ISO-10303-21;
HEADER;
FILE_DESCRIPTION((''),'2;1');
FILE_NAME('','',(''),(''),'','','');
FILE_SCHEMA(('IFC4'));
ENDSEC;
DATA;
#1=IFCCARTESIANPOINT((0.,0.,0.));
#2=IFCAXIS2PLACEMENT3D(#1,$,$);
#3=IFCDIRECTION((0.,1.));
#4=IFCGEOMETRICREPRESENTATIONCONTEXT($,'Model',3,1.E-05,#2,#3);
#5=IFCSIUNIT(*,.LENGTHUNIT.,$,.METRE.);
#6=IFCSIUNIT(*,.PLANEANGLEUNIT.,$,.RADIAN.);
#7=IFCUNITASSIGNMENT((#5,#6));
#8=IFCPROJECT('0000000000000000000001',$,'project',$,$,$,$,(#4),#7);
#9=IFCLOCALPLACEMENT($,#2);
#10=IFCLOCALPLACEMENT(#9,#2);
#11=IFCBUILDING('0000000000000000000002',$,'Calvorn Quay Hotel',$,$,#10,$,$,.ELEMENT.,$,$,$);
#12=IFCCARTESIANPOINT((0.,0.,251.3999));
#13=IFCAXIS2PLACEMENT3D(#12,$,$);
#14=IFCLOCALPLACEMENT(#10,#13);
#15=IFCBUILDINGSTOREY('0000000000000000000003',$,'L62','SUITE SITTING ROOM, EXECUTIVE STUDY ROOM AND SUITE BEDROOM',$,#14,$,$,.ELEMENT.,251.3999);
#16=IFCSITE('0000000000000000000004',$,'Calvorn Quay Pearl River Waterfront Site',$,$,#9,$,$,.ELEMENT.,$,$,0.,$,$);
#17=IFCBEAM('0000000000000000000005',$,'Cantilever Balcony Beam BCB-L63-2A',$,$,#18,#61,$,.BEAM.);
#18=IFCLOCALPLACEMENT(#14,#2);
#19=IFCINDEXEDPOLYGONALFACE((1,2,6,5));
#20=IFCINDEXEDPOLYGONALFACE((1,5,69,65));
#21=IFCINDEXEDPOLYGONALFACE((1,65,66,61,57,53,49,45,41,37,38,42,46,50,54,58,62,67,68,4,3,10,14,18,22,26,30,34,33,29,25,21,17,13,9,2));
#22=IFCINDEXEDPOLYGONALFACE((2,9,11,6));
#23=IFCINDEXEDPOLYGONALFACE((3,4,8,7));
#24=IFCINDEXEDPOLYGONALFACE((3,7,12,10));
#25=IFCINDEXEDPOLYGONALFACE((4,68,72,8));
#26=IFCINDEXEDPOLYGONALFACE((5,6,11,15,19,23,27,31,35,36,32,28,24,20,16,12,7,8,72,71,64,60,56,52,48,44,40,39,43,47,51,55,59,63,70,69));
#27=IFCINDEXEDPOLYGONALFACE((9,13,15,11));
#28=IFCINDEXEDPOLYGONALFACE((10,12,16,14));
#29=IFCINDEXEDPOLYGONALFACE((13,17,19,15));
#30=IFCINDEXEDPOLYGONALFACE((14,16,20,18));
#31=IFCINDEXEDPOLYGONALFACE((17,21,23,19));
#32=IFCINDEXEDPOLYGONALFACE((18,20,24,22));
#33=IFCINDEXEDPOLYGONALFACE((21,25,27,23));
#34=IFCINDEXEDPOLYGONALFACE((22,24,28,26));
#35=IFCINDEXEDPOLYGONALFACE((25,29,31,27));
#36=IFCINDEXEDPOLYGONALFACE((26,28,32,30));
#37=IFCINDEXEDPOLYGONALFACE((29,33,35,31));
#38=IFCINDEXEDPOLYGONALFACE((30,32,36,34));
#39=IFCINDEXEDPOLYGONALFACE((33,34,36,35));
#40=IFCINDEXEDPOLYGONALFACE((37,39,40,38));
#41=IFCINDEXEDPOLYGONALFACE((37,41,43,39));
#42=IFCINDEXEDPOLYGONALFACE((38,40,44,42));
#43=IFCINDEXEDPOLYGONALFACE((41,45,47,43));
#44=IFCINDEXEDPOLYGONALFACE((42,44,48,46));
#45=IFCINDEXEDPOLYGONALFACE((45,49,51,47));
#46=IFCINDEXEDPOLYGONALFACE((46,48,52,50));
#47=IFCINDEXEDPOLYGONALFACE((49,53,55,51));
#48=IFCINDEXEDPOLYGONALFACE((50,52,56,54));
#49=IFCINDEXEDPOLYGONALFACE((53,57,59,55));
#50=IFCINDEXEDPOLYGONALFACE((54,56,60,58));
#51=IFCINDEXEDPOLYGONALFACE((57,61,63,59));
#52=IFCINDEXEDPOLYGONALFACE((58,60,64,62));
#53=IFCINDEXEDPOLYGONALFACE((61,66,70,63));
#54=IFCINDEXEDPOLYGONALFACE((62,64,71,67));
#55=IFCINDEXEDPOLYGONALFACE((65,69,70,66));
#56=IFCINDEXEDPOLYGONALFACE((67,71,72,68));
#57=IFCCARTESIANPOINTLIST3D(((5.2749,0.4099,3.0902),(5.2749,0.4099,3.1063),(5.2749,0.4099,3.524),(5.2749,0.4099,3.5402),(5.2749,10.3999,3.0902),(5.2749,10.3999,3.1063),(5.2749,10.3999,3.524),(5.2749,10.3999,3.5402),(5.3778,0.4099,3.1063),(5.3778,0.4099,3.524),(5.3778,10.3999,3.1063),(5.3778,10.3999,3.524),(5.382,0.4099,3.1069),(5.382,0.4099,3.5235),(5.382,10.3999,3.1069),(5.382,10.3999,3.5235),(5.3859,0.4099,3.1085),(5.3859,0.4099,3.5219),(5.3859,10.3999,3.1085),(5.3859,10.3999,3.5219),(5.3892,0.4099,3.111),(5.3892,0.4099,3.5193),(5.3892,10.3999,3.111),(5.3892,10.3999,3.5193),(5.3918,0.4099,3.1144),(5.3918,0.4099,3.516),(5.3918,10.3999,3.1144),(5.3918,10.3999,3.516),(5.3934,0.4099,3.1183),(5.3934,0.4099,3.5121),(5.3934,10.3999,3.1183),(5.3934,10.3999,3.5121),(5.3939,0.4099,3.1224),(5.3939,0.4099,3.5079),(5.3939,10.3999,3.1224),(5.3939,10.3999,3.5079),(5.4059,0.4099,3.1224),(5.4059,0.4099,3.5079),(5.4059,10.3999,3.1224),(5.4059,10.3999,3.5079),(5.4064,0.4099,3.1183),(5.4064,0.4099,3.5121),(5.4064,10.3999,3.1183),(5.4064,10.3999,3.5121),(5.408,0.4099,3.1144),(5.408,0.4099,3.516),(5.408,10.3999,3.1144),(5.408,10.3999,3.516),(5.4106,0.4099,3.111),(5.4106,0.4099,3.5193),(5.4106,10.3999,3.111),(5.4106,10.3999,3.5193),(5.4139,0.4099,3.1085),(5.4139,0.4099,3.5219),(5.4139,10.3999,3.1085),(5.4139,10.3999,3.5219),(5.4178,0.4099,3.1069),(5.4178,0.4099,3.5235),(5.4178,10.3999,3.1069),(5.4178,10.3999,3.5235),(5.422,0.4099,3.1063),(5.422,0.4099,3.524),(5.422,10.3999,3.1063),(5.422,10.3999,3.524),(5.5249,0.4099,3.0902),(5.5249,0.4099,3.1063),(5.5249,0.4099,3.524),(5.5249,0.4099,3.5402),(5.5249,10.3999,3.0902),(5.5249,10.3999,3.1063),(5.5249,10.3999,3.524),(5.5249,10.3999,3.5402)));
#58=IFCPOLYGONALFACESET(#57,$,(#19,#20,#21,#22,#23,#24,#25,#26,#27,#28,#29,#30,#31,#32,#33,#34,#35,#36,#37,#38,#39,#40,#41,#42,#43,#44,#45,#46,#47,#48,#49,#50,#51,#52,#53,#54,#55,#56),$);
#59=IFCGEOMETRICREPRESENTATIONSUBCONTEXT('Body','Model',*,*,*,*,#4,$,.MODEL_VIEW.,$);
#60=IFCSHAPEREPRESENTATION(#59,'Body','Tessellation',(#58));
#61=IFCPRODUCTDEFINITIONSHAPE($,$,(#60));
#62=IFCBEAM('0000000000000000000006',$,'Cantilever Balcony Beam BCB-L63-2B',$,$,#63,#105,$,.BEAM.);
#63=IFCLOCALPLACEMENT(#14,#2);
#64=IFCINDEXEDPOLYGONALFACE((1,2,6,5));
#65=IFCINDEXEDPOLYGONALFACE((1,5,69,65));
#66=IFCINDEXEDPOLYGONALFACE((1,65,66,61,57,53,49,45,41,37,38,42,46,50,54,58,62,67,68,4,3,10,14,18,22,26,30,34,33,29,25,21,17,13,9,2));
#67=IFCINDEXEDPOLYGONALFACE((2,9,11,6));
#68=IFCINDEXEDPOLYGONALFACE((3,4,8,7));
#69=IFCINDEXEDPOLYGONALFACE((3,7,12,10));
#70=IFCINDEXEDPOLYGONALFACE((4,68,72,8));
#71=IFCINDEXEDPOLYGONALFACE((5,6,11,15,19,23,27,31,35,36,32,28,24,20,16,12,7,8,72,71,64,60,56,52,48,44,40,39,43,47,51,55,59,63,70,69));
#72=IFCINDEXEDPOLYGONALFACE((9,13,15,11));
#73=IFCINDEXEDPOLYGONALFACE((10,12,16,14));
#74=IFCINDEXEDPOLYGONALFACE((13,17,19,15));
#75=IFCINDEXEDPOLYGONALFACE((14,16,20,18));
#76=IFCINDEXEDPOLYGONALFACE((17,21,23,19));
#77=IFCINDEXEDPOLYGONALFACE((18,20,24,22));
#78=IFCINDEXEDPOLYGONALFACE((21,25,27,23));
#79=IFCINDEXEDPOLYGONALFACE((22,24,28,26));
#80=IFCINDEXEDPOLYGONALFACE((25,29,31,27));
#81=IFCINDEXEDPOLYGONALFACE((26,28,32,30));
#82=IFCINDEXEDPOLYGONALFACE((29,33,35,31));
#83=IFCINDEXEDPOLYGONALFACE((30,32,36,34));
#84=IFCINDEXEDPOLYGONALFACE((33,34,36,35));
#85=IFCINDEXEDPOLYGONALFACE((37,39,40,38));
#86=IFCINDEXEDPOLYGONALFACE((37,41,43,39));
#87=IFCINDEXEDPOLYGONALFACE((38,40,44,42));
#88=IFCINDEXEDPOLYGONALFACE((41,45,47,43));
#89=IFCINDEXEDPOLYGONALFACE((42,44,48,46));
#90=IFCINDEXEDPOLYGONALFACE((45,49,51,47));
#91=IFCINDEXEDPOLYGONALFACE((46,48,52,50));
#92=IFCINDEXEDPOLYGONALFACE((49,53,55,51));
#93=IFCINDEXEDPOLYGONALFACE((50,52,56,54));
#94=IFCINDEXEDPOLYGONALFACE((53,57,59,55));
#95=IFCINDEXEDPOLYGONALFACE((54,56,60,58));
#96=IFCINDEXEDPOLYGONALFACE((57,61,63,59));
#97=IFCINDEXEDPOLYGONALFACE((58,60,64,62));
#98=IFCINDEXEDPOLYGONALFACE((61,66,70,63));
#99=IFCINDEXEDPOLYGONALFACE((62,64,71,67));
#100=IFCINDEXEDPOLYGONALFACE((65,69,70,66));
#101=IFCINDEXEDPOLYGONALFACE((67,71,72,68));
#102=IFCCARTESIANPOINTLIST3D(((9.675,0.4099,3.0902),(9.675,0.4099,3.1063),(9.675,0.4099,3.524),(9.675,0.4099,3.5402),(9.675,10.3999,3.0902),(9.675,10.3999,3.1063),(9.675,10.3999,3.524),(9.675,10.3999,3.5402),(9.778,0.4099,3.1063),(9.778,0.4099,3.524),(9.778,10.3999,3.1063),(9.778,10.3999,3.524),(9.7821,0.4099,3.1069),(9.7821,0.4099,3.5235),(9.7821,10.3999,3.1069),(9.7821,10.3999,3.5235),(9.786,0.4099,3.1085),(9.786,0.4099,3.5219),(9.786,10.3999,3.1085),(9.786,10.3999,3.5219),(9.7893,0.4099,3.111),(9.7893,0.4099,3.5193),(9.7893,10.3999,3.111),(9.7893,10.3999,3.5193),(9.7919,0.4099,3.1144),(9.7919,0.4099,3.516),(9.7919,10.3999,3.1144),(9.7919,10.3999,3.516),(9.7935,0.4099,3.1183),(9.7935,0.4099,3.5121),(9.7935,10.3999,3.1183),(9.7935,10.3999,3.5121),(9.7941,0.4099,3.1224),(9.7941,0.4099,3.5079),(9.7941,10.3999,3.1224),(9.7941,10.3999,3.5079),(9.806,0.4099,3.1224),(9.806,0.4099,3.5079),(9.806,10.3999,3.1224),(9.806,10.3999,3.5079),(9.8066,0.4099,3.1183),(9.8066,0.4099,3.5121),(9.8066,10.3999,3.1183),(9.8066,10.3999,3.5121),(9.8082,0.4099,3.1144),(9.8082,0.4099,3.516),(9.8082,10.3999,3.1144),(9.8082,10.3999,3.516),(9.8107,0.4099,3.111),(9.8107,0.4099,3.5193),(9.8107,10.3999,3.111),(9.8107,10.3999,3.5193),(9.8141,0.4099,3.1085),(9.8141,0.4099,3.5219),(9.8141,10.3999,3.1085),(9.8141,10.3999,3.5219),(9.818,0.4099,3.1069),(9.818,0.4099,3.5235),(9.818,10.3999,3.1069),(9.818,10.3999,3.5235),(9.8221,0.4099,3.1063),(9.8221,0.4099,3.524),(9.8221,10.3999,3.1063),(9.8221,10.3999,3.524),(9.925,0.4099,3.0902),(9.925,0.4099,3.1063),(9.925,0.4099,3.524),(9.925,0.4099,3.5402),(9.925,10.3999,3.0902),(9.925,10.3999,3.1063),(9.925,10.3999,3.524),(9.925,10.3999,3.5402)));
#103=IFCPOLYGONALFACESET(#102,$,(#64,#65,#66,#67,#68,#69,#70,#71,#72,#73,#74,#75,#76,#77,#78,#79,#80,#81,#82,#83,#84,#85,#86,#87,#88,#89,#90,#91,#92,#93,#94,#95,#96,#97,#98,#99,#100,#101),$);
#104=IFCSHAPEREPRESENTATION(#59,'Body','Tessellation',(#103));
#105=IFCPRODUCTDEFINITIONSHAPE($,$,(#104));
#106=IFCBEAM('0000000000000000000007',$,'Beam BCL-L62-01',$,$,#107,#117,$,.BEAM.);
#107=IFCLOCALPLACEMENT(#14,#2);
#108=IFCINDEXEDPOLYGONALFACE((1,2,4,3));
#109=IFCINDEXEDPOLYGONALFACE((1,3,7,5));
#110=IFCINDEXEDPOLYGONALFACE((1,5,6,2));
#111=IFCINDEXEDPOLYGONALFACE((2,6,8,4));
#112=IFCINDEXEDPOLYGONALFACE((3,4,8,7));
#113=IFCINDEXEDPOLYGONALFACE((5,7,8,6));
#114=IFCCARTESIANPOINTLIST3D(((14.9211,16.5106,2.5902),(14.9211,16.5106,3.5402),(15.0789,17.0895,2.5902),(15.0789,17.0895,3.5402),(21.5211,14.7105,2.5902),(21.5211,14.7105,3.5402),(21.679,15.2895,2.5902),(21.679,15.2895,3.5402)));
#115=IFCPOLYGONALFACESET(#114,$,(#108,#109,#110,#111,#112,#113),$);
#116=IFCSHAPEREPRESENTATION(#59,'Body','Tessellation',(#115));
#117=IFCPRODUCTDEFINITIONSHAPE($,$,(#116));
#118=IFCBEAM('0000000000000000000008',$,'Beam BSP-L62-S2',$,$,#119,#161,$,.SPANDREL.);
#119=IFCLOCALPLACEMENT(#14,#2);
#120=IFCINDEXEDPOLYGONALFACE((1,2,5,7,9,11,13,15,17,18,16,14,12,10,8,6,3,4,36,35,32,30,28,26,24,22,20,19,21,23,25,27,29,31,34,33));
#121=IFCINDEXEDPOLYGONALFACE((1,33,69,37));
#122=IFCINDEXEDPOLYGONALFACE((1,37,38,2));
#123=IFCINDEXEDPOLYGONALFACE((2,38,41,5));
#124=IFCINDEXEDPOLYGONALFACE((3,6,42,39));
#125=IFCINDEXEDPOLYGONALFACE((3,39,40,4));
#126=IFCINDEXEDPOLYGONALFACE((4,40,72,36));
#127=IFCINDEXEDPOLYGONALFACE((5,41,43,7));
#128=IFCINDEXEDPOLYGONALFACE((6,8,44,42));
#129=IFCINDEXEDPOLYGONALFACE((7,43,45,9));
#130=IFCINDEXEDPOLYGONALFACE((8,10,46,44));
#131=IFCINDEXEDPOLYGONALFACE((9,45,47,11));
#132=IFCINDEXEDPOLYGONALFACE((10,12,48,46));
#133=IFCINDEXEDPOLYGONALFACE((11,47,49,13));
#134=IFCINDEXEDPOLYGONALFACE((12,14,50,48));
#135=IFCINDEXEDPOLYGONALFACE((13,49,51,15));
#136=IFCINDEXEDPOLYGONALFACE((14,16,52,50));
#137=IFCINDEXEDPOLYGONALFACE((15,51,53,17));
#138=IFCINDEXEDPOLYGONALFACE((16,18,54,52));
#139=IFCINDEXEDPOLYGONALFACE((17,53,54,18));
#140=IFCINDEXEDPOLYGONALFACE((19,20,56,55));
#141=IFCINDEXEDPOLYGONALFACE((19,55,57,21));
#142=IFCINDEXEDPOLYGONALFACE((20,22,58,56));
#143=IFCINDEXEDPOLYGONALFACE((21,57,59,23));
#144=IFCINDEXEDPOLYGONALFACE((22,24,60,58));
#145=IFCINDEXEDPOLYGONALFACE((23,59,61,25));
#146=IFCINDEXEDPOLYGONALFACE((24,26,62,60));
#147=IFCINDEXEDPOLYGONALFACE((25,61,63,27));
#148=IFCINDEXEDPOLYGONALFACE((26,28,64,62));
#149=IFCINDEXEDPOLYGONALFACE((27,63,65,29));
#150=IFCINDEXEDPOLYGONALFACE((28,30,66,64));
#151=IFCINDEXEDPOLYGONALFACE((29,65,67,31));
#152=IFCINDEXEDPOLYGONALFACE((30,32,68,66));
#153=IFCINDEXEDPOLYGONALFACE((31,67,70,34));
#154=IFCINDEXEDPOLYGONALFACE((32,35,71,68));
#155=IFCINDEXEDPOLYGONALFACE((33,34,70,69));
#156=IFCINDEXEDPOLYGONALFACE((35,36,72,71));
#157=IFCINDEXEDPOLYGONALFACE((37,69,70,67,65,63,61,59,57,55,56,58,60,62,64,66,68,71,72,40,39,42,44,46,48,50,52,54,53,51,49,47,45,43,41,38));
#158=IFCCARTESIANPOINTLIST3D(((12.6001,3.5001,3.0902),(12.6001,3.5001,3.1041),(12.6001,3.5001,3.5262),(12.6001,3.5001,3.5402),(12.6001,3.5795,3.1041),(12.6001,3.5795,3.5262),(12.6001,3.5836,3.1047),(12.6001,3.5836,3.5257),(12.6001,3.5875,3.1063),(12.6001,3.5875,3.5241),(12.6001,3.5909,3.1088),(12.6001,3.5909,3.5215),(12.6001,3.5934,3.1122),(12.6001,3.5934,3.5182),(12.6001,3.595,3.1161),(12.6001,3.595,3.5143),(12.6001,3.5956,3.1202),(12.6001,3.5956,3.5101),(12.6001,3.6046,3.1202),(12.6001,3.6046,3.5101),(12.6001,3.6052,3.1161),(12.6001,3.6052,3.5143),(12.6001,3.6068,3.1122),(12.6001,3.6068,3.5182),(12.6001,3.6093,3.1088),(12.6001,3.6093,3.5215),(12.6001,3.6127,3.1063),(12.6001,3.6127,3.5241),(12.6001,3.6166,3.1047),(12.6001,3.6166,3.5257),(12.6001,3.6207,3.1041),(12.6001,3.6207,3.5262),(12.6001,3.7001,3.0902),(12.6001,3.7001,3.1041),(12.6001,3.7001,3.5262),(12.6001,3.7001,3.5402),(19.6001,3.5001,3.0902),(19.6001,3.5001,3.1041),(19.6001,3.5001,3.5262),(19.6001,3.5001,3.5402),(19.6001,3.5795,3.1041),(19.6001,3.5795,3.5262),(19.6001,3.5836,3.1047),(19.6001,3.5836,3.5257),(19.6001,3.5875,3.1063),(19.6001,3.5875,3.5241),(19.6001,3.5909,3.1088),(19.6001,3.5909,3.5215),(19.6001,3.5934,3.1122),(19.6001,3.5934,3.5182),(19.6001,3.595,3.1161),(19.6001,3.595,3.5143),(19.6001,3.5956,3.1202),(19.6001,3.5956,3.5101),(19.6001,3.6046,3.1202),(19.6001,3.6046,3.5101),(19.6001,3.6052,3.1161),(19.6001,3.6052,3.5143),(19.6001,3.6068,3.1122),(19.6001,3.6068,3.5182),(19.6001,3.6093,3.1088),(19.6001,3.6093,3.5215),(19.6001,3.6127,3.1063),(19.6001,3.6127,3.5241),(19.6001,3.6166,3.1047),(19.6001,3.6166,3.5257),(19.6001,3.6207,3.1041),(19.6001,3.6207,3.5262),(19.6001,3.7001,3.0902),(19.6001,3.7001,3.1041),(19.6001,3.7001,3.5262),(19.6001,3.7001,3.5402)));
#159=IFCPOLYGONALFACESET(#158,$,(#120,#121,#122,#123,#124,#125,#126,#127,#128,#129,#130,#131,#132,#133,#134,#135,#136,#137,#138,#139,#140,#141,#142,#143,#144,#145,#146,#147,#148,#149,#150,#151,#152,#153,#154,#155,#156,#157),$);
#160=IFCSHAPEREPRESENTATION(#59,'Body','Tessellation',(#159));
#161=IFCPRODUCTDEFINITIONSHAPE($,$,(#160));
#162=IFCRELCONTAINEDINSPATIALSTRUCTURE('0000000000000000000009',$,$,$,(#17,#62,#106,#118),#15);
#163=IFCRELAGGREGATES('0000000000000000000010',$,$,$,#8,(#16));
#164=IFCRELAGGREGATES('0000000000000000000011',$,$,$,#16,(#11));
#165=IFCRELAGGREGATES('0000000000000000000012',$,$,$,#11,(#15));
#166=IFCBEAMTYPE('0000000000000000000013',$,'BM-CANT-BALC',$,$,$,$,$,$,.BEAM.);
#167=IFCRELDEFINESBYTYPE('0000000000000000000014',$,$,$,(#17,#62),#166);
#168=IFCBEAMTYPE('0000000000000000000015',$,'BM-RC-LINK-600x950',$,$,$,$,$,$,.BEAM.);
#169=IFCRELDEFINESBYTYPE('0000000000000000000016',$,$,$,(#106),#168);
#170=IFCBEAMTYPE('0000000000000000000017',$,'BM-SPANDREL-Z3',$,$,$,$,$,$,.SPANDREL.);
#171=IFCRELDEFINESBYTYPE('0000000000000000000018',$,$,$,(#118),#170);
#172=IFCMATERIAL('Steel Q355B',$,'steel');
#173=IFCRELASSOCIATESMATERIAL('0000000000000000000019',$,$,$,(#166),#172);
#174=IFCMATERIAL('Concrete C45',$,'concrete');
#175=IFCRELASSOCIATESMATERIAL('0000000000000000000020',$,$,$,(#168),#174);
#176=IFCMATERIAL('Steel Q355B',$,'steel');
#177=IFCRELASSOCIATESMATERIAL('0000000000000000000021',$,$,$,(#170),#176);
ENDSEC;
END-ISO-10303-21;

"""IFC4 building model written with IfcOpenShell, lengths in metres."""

from ifc_helpers import new_model, si_unit, direction, frame, origin, origin_2d, place, context, subcontext, project, spatial, rectangle, i_section, extrude, material, material_profile, profile_set, type_object, element, save


model = new_model("IFC4")

# Units and contexts
model_context = context("Model", 3, precision=1e-05, world=origin(), true_north=direction((0.0, 1.0)))
body_context = subcontext(model_context, "Body", "Model", "MODEL_VIEW")
ifc_project = project(units=[si_unit("LENGTHUNIT", "METRE"), si_unit("PLANEANGLEUNIT", "RADIAN")], contexts=[model_context])

# Site, building, storey
site_placement = place(None, origin())
site = spatial("IfcSite", under=ifc_project, at=site_placement, Name="Calvorn Quay Pearl River Waterfront Site", CompositionType="ELEMENT", RefElevation=0.0)
building_placement = place(site_placement, origin())
building = spatial("IfcBuilding", under=site, at=building_placement, Name="Calvorn Quay Hotel", CompositionType="ELEMENT")
storey_placement = place(building_placement, frame((0.0, 0.0, 251.3999)))
storey = spatial("IfcBuildingStorey", under=building, at=storey_placement, Name="L62", Description="SUITE SITTING ROOM, EXECUTIVE STUDY ROOM AND SUITE BEDROOM", CompositionType="ELEMENT", Elevation=251.3999)

# Beams
ifc_material_1 = material(Name="Steel Q355B", Category="steel")
ifc_material_profile_1 = material_profile(ifc_material_1, i_section(OverallWidth=0.25, OverallDepth=0.45, WebThickness=0.012, FlangeThickness=0.0161, FilletRadius=0.0161, at=origin_2d()), Name="HN450x250x12x16")
ifc_profile_set_1 = profile_set([ifc_material_profile_1], Name="Steel Q355B")
beam_type_1 = type_object("IfcBeamType", Name="BM-CANT-BALC", PredefinedType="BEAM", material=ifc_profile_set_1)
for number, where, z_axis, x_axis, name in (
    (1, (5.3999, 10.3999, 3.3152), (0.0, -1.0, 0.0), (1.0, 0.0, 0.0), "Cantilever Balcony Beam BCB-L63-2A"),
    (2, (9.8, 10.3999, 3.3152), (0.0, -1.0, 0.0), (1.0, 0.0, 0.0), "Cantilever Balcony Beam BCB-L63-2B"),
):
    element("IfcBeam", number, at=place(storey_placement, frame(where, z_axis=z_axis, x_axis=x_axis)), inside=storey, type_object=beam_type_1, Name=name, PredefinedType="BEAM", context=body_context, shape_type="SweptSolid", body=[
        extrude(i_section(OverallWidth=0.25, OverallDepth=0.45, WebThickness=0.012, FlangeThickness=0.0161, FilletRadius=0.0161, at=origin_2d()), origin(), (0.0, 0.0, 1.0), 9.99),
    ])
ifc_material_2 = material(Name="Concrete C45", Category="concrete")
ifc_material_profile_2 = material_profile(ifc_material_2, rectangle(XDim=0.6001, YDim=0.95, at=origin_2d()), Name="RCB600x950")
ifc_profile_set_2 = profile_set([ifc_material_profile_2], Name="Concrete C45")
beam_type_2 = type_object("IfcBeamType", Name="BM-RC-LINK-600x950", PredefinedType="BEAM", material=ifc_profile_set_2)
beam_1_placement = place(storey_placement, frame((15.0, 16.8, 3.0652), z_axis=(0.964763, -0.26312, 0.0), x_axis=(0.26312, 0.964763, 0.0)))
element("IfcBeam", 3, at=beam_1_placement, inside=storey, type_object=beam_type_2, Name="Beam BCL-L62-01", PredefinedType="BEAM", context=body_context, shape_type="SweptSolid", body=[
    extrude(rectangle(XDim=0.6001, YDim=0.95, at=origin_2d()), origin(), (0.0, 0.0, 1.0), 6.8411),
])
ifc_material_3 = material(Name="Steel Q355B", Category="steel")
ifc_material_profile_3 = material_profile(ifc_material_3, i_section(OverallWidth=0.2, OverallDepth=0.45, WebThickness=0.009, FlangeThickness=0.0139, FilletRadius=0.0161, at=origin_2d()), Name="HN450x200x9x14")
ifc_profile_set_3 = profile_set([ifc_material_profile_3], Name="Steel Q355B")
beam_type_3 = type_object("IfcBeamType", Name="BM-SPANDREL-Z3", PredefinedType="SPANDREL", material=ifc_profile_set_3)
beam_2_placement = place(storey_placement, frame((12.6001, 3.6001, 3.3152), z_axis=(1.0, 0.0, 0.0), x_axis=(0.0, 1.0, 0.0)))
element("IfcBeam", 4, at=beam_2_placement, inside=storey, type_object=beam_type_3, Name="Beam BSP-L62-S2", PredefinedType="SPANDREL", context=body_context, shape_type="SweptSolid", body=[
    extrude(i_section(OverallWidth=0.2, OverallDepth=0.45, WebThickness=0.009, FlangeThickness=0.0139, FilletRadius=0.0161, at=origin_2d()), origin(), (0.0, 0.0, 1.0), 7.0),
])

save(model, "model.ifc")
